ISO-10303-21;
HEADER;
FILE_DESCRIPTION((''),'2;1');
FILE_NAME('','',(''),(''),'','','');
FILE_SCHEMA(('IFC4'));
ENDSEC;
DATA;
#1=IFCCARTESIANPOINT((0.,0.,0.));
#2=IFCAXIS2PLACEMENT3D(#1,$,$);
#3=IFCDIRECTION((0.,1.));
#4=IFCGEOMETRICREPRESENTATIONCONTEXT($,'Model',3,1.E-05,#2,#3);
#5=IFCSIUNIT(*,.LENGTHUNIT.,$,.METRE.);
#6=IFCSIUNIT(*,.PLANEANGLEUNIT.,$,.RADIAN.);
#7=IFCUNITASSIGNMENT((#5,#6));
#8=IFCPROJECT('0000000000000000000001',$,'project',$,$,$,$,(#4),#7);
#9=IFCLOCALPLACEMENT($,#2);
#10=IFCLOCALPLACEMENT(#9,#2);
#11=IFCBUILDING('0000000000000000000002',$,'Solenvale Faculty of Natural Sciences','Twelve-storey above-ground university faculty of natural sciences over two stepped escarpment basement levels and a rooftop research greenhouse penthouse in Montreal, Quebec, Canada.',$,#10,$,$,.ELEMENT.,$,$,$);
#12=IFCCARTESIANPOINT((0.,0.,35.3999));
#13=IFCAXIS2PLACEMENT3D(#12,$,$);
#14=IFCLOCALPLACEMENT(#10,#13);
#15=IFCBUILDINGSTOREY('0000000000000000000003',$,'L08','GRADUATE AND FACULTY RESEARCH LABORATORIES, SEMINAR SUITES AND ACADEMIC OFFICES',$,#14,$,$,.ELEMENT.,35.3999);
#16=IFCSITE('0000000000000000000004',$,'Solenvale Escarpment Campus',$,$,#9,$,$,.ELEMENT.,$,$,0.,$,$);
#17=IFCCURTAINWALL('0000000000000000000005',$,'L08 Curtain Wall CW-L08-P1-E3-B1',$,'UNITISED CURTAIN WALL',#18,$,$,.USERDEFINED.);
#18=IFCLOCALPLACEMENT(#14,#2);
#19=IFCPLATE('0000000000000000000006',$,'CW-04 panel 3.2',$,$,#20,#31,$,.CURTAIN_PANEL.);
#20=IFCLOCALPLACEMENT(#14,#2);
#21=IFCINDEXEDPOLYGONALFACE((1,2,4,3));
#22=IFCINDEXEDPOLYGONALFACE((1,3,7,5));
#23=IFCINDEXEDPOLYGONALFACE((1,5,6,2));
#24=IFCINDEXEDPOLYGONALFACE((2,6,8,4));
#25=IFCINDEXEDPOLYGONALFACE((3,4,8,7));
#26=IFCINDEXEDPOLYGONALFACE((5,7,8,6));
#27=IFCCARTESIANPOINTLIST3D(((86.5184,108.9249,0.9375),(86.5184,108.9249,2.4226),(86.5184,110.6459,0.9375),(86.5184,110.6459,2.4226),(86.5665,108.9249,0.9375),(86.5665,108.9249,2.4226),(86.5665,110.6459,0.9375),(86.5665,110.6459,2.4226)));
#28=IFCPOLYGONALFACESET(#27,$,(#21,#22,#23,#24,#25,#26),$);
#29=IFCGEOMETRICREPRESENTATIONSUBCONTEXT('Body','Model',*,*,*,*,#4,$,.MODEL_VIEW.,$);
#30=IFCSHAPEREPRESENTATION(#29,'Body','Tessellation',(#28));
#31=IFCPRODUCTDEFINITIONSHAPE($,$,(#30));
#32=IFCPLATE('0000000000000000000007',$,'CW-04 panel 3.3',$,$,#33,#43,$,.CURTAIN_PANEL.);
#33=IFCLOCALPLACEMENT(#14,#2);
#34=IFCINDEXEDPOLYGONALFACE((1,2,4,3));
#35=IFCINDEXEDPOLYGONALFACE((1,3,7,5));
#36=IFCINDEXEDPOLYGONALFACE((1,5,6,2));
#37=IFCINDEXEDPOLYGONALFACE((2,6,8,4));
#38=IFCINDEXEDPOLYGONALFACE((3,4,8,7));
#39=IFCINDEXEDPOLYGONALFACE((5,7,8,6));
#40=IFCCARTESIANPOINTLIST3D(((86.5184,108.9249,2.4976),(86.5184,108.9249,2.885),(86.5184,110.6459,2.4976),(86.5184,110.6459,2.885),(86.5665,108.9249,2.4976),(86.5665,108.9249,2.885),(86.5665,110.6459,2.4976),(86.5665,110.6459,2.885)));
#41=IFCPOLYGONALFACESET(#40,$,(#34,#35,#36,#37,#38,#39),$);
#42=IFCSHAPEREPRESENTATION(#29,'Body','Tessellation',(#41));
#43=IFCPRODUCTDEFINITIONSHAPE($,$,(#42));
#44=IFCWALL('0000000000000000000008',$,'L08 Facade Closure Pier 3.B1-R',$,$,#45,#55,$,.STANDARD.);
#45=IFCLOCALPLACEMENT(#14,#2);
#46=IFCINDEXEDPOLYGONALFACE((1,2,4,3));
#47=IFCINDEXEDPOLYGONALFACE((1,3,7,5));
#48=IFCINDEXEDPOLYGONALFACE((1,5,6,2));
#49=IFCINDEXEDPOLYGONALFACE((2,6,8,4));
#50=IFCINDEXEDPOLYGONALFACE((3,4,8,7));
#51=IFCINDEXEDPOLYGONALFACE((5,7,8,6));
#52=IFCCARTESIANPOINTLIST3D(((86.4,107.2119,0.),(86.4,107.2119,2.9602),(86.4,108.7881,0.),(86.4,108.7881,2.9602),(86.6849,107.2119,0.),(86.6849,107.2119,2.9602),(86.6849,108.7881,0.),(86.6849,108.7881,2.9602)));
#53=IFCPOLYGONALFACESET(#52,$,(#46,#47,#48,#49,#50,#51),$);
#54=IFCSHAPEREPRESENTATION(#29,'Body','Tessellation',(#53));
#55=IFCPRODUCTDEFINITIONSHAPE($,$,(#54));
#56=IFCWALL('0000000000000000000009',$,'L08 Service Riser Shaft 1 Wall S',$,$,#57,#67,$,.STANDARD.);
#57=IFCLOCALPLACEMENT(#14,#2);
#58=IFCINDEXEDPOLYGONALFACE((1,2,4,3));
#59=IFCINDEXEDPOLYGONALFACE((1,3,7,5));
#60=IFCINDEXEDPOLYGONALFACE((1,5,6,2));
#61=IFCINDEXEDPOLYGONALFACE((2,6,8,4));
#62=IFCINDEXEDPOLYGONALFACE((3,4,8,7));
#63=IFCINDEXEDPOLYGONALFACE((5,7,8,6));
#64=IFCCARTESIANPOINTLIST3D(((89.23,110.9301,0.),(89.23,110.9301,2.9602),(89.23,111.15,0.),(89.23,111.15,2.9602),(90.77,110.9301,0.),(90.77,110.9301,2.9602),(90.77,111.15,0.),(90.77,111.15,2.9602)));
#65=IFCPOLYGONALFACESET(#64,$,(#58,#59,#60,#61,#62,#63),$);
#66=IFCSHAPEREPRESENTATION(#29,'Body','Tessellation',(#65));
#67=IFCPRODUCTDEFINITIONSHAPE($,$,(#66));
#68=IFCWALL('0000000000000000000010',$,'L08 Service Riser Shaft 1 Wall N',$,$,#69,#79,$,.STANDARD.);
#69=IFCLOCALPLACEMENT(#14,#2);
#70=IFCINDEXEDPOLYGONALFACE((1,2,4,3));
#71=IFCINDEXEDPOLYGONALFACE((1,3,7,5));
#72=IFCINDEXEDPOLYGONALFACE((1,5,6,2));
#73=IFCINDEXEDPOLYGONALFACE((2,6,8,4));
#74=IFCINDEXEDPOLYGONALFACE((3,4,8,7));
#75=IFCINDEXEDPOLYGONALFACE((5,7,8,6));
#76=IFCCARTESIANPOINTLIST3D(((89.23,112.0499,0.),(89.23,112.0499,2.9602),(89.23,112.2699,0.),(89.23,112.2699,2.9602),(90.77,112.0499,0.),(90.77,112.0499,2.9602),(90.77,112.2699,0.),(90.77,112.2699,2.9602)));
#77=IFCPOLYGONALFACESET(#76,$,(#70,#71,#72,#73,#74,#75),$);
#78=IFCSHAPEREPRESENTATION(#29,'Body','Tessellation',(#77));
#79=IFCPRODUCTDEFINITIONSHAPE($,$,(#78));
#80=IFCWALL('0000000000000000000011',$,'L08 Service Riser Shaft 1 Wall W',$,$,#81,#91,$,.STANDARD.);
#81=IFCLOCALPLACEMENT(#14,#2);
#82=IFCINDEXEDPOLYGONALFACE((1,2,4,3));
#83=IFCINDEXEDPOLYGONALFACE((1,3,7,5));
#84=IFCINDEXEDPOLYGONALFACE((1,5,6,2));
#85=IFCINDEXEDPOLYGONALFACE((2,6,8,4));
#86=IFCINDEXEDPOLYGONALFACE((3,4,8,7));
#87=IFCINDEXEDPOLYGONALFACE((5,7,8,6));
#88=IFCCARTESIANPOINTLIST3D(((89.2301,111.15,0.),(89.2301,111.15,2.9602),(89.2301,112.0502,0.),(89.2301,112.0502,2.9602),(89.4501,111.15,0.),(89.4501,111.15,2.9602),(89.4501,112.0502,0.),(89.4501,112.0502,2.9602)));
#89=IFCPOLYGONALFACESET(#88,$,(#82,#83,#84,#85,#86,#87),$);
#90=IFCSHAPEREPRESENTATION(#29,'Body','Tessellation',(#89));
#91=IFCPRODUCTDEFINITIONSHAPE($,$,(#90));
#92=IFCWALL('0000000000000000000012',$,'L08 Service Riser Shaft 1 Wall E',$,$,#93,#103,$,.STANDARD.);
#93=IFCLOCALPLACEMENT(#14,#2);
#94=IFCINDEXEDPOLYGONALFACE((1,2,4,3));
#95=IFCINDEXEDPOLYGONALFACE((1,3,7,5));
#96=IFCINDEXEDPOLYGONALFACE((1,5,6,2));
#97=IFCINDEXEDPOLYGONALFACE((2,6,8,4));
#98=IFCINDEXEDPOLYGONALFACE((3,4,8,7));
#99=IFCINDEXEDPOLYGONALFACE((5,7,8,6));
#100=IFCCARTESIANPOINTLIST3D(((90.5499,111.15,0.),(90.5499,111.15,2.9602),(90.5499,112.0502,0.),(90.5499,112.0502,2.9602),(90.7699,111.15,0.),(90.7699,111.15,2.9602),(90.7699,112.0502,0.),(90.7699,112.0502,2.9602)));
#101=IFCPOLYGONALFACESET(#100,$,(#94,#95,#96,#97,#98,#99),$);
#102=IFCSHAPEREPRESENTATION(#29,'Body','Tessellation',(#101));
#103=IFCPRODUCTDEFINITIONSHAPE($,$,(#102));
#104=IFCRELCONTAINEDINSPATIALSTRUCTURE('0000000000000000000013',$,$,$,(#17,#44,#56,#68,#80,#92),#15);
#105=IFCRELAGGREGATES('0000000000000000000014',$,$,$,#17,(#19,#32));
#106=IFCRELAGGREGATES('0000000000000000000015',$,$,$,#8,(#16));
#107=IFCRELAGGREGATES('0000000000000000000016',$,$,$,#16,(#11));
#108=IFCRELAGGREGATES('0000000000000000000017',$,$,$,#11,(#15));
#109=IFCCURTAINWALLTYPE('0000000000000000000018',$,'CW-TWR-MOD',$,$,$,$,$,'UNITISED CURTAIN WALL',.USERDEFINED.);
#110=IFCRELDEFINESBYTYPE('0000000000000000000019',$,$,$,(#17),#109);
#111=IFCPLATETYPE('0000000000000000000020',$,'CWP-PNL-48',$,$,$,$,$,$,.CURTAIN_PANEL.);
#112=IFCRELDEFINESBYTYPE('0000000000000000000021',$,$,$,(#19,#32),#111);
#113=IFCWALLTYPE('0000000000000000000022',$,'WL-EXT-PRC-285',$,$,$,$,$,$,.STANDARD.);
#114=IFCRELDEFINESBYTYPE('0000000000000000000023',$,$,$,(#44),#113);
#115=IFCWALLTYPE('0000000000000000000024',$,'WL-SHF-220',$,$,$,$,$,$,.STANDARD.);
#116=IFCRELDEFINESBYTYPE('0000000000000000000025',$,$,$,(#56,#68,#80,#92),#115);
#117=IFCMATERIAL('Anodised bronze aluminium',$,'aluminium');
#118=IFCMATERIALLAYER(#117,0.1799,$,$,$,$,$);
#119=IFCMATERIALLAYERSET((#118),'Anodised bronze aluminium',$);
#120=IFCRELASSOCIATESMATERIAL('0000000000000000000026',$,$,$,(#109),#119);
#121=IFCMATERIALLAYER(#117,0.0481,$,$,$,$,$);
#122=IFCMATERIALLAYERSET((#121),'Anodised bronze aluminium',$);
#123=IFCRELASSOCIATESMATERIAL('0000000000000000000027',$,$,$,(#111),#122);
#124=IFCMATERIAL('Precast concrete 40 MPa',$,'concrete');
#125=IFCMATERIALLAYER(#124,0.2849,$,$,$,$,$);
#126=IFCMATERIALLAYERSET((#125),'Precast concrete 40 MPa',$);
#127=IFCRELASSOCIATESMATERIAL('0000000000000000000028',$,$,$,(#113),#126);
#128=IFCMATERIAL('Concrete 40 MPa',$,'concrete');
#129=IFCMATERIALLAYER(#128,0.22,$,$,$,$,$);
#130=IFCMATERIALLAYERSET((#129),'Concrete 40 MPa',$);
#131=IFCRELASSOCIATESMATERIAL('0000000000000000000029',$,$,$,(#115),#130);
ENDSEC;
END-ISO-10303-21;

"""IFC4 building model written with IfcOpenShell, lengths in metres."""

from ifc_helpers import new_model, si_unit, direction, frame, frame_2d, origin, origin_2d, place, context, subcontext, project, spatial, rectangle, extrude, material, layer, layer_set, type_object, element, aggregate, save


model = new_model("IFC4")

# Units and contexts
model_context = context("Model", 3, precision=1e-05, world=origin(), true_north=direction((0.0, 1.0)))
body_context = subcontext(model_context, "Body", "Model", "MODEL_VIEW")
ifc_project = project(units=[si_unit("LENGTHUNIT", "METRE"), si_unit("PLANEANGLEUNIT", "RADIAN")], contexts=[model_context])

# Site, building, storey
site_placement = place(None, origin())
site = spatial("IfcSite", under=ifc_project, at=site_placement, Name="Solenvale Escarpment Campus", CompositionType="ELEMENT", RefElevation=0.0)
building_placement = place(site_placement, origin())
building = spatial("IfcBuilding", under=site, at=building_placement, Name="Solenvale Faculty of Natural Sciences", Description="Twelve-storey above-ground university faculty of natural sciences over two stepped escarpment basement levels and a rooftop research greenhouse penthouse in Montreal, Quebec, Canada.", CompositionType="ELEMENT")
storey_placement = place(building_placement, frame((0.0, 0.0, 35.3999)))
storey = spatial("IfcBuildingStorey", under=building, at=storey_placement, Name="L08", Description="GRADUATE AND FACULTY RESEARCH LABORATORIES, SEMINAR SUITES AND ACADEMIC OFFICES", CompositionType="ELEMENT", Elevation=35.3999)

# Shared definitions
ifc_material_1 = material(Name="Concrete 40 MPa", Category="concrete")

# Curtain wall, plates
ifc_material_2 = material(Name="Anodised bronze aluminium", Category="aluminium")
ifc_layer_1 = layer(ifc_material_2, 0.1799)
ifc_layer_set_1 = layer_set([ifc_layer_1], Name="Anodised bronze aluminium")
curtain_wall_type = type_object("IfcCurtainWallType", Name="CW-TWR-MOD", ElementType="UNITISED CURTAIN WALL", PredefinedType="USERDEFINED", material=ifc_layer_set_1)
curtain_wall_placement = place(storey_placement, origin())
curtain_wall = element("IfcCurtainWall", 1, at=curtain_wall_placement, inside=storey, type_object=curtain_wall_type, Name="L08 Curtain Wall CW-L08-P1-E3-B1", ObjectType="UNITISED CURTAIN WALL", PredefinedType="USERDEFINED")
ifc_layer_2 = layer(ifc_material_2, 0.0481)
ifc_layer_set_2 = layer_set([ifc_layer_2], Name="Anodised bronze aluminium")
plate_type = type_object("IfcPlateType", Name="CWP-PNL-48", PredefinedType="CURTAIN_PANEL", material=ifc_layer_set_2)
plate_1_placement = place(storey_placement, frame((86.5425, 109.7854, 0.9375), z_axis=(0.0, 0.0, 1.0), x_axis=(0.0, -1.0, 0.0)))
plate_1 = element("IfcPlate", 2, at=plate_1_placement, type_object=plate_type, Name="CW-04 panel 3.2", PredefinedType="CURTAIN_PANEL", context=body_context, shape_type="SweptSolid", body=[
    extrude(rectangle(XDim=1.7209, YDim=0.0481, at=origin_2d()), origin(), (0.0, 0.0, 1.0), 1.4851),
])
plate_2_placement = place(storey_placement, frame((86.5425, 109.7854, 2.4976), z_axis=(0.0, 0.0, 1.0), x_axis=(0.0, -1.0, 0.0)))
plate_2 = element("IfcPlate", 3, at=plate_2_placement, type_object=plate_type, Name="CW-04 panel 3.3", PredefinedType="CURTAIN_PANEL", context=body_context, shape_type="SweptSolid", body=[
    extrude(rectangle(XDim=1.7209, YDim=0.0481, at=origin_2d()), origin(), (0.0, 0.0, 1.0), 0.3875),
])
aggregate(curtain_wall, [plate_1, plate_2])

# Walls
ifc_material_3 = material(Name="Precast concrete 40 MPa", Category="concrete")
ifc_layer_3 = layer(ifc_material_3, 0.2849)
ifc_layer_set_3 = layer_set([ifc_layer_3], Name="Precast concrete 40 MPa")
wall_type_1 = type_object("IfcWallType", Name="WL-EXT-PRC-285", PredefinedType="STANDARD", material=ifc_layer_set_3)
wall_placement = place(storey_placement, frame((86.5425, 108.7881, 0.0), z_axis=(0.0, 0.0, 1.0), x_axis=(0.0, -1.0, 0.0)))
element("IfcWall", 4, at=wall_placement, inside=storey, type_object=wall_type_1, Name="L08 Facade Closure Pier 3.B1-R", PredefinedType="STANDARD", context=body_context, shape_type="SweptSolid", body=[
    extrude(rectangle(XDim=1.5762, YDim=0.2849, at=frame_2d((0.7881, 0.0))), origin(), (0.0, 0.0, 1.0), 2.9602),
])
ifc_layer_4 = layer(ifc_material_1, 0.22)
ifc_layer_set_4 = layer_set([ifc_layer_4], Name="Concrete 40 MPa")
wall_type_2 = type_object("IfcWallType", Name="WL-SHF-220", PredefinedType="STANDARD", material=ifc_layer_set_4)
for number, where, z_axis, x_axis, name in (
    (5, (89.23, 111.04, 0.0), (0.0, 0.0, 1.0), (1.0, 0.0, 0.0), "L08 Service Riser Shaft 1 Wall S"),
    (6, (89.23, 112.1599, 0.0), (0.0, 0.0, 1.0), (1.0, 0.0, 0.0), "L08 Service Riser Shaft 1 Wall N"),
):
    element("IfcWall", number, at=place(storey_placement, frame(where, z_axis=z_axis, x_axis=x_axis)), inside=storey, type_object=wall_type_2, Name=name, PredefinedType="STANDARD", context=body_context, shape_type="SweptSolid", body=[
        extrude(rectangle(XDim=1.54, YDim=0.22, at=frame_2d((0.77, 0.0))), origin(), (0.0, 0.0, 1.0), 2.9602),
    ])
for number, where, z_axis, x_axis, name in (
    (7, (89.3401, 111.1499, 0.0), (0.0, 0.0, 1.0), (0.0, 1.0, 0.0), "L08 Service Riser Shaft 1 Wall W"),
    (8, (90.6599, 111.1499, 0.0), (0.0, 0.0, 1.0), (0.0, 1.0, 0.0), "L08 Service Riser Shaft 1 Wall E"),
):
    element("IfcWall", number, at=place(storey_placement, frame(where, z_axis=z_axis, x_axis=x_axis)), inside=storey, type_object=wall_type_2, Name=name, PredefinedType="STANDARD", context=body_context, shape_type="SweptSolid", body=[
        extrude(rectangle(XDim=0.9001, YDim=0.22, at=frame_2d((0.4502, 0.0))), origin(), (0.0, 0.0, 1.0), 2.9602),
    ])

save(model, "model.ifc")
